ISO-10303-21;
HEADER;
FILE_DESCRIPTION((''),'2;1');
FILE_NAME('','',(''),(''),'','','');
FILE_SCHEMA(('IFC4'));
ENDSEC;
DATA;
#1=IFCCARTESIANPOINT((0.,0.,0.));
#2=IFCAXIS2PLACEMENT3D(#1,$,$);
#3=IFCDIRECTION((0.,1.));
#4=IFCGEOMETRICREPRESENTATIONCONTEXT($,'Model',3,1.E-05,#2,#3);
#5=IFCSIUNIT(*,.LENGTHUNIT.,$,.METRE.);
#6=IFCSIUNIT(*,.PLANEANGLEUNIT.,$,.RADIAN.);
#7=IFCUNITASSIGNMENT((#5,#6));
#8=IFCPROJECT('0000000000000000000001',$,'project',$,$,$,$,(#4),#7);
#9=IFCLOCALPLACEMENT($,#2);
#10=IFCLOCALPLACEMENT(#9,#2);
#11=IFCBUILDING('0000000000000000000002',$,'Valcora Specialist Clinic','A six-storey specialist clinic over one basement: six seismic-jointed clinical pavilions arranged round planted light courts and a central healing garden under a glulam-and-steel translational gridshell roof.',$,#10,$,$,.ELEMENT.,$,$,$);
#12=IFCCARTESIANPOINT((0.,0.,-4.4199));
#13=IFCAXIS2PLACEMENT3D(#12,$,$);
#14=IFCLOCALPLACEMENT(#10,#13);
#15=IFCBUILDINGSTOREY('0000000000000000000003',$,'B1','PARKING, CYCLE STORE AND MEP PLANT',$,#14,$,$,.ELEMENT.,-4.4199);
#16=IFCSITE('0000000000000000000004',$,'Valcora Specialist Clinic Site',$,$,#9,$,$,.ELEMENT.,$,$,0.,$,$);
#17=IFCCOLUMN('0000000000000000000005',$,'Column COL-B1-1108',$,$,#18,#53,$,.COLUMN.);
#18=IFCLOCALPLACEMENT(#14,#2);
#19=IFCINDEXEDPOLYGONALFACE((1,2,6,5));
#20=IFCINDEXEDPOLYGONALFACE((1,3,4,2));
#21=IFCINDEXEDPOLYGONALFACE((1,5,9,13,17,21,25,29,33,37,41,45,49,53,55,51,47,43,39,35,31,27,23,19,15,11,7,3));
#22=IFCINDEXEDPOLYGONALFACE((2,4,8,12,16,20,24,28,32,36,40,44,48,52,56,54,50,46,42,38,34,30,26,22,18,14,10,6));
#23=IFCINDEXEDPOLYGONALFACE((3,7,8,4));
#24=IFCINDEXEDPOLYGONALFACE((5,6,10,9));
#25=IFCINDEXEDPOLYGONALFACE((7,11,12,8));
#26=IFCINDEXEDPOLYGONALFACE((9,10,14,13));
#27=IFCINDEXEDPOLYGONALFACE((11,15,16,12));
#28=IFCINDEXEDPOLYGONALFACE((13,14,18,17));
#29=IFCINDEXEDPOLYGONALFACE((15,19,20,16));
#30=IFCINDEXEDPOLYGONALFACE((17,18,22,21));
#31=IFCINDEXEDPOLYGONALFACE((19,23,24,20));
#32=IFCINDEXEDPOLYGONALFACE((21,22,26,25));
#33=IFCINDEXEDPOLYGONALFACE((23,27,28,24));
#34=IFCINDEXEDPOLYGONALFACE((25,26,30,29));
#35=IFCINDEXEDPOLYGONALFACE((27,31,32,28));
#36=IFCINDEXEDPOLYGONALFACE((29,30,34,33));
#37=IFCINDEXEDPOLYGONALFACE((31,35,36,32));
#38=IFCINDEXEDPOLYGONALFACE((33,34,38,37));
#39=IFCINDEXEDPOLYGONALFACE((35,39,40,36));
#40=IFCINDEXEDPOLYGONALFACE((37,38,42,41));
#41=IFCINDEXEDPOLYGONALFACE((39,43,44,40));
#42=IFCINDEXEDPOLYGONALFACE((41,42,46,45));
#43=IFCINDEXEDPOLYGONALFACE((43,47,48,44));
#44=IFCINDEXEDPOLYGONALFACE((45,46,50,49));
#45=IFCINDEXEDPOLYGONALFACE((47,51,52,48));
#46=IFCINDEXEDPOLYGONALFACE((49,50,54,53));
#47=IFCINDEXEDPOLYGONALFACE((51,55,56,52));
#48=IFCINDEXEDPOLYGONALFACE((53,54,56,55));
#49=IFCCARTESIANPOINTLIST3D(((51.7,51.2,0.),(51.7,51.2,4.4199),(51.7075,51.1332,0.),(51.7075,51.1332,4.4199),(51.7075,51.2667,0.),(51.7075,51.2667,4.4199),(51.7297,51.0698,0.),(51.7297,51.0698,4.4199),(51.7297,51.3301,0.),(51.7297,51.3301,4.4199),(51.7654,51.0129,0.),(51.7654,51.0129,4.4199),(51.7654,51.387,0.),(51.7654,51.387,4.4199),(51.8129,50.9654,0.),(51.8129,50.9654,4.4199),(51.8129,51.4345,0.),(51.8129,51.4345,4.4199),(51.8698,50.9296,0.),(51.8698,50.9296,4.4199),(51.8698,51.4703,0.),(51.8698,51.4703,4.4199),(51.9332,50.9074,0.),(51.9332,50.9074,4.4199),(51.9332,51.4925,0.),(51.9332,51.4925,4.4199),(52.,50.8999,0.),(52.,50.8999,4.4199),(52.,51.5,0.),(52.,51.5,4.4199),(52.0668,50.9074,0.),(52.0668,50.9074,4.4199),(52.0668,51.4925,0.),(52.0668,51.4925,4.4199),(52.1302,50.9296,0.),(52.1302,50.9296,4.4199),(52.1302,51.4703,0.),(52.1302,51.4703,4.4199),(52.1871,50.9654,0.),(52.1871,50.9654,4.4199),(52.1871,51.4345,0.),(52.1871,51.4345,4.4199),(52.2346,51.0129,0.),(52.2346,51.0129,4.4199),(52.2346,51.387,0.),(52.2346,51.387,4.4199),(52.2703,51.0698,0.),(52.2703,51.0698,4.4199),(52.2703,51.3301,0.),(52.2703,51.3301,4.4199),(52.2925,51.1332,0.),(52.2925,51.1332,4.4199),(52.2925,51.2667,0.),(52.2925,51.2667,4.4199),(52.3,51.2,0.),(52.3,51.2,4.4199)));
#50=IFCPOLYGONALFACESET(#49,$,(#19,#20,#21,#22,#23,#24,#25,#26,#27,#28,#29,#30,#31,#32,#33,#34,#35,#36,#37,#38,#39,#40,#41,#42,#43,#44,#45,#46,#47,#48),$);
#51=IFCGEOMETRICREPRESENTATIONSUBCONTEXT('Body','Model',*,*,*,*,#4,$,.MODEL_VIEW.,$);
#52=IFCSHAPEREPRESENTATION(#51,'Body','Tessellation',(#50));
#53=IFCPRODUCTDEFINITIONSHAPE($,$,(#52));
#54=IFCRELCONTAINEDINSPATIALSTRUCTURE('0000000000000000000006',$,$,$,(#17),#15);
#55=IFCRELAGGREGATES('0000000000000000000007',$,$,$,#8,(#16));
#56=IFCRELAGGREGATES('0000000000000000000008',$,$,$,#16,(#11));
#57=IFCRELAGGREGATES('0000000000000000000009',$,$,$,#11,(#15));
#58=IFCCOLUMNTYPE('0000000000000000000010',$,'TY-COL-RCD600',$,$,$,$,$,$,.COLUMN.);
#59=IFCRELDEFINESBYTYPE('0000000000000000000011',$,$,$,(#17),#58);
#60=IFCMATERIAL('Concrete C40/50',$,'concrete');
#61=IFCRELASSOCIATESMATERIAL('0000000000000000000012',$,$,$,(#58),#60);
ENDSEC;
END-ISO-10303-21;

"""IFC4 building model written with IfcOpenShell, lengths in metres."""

from ifc_helpers import new_model, si_unit, direction, frame, origin, origin_2d, place, context, subcontext, project, spatial, circle, extrude, material, material_profile, profile_set, type_object, element, save


model = new_model("IFC4")

# Units and contexts
model_context = context("Model", 3, precision=1e-05, world=origin(), true_north=direction((0.0, 1.0)))
body_context = subcontext(model_context, "Body", "Model", "MODEL_VIEW")
ifc_project = project(units=[si_unit("LENGTHUNIT", "METRE"), si_unit("PLANEANGLEUNIT", "RADIAN")], contexts=[model_context])

# Site, building, storey
site_placement = place(None, origin())
site = spatial("IfcSite", under=ifc_project, at=site_placement, Name="Valcora Specialist Clinic Site", CompositionType="ELEMENT", RefElevation=0.0)
building_placement = place(site_placement, origin())
building = spatial("IfcBuilding", under=site, at=building_placement, Name="Valcora Specialist Clinic", Description="A six-storey specialist clinic over one basement: six seismic-jointed clinical pavilions arranged round planted light courts and a central healing garden under a glulam-and-steel translational gridshell roof.", CompositionType="ELEMENT")
storey_placement = place(building_placement, frame((0.0, 0.0, -4.4199)))
storey = spatial("IfcBuildingStorey", under=building, at=storey_placement, Name="B1", Description="PARKING, CYCLE STORE AND MEP PLANT", CompositionType="ELEMENT", Elevation=-4.4199)

# Column
ifc_material_1 = material(Name="Concrete C40/50", Category="concrete")
ifc_material_profile_1 = material_profile(ifc_material_1, circle(Radius=0.3, at=origin_2d()), Name="RC-COL-D600")
ifc_profile_set_1 = profile_set([ifc_material_profile_1], Name="Concrete C40/50")
column_type_1 = type_object("IfcColumnType", Name="TY-COL-RCD600", PredefinedType="COLUMN", material=ifc_profile_set_1)
for number, where, z_axis, x_axis, name in (
    (1, (52.0, 51.2, 0.0), (0.0, 0.0, 1.0), (1.0, 0.0, 0.0), "Column COL-B1-1108"),
):
    element("IfcColumn", number, at=place(storey_placement, frame(where, z_axis=z_axis, x_axis=x_axis)), inside=storey, type_object=column_type_1, Name=name, PredefinedType="COLUMN", context=body_context, shape_type="SweptSolid", body=[
        extrude(circle(Radius=0.3, at=origin_2d()), origin(), (0.0, 0.0, 1.0), 4.4199),
    ])

save(model, "model.ifc")
